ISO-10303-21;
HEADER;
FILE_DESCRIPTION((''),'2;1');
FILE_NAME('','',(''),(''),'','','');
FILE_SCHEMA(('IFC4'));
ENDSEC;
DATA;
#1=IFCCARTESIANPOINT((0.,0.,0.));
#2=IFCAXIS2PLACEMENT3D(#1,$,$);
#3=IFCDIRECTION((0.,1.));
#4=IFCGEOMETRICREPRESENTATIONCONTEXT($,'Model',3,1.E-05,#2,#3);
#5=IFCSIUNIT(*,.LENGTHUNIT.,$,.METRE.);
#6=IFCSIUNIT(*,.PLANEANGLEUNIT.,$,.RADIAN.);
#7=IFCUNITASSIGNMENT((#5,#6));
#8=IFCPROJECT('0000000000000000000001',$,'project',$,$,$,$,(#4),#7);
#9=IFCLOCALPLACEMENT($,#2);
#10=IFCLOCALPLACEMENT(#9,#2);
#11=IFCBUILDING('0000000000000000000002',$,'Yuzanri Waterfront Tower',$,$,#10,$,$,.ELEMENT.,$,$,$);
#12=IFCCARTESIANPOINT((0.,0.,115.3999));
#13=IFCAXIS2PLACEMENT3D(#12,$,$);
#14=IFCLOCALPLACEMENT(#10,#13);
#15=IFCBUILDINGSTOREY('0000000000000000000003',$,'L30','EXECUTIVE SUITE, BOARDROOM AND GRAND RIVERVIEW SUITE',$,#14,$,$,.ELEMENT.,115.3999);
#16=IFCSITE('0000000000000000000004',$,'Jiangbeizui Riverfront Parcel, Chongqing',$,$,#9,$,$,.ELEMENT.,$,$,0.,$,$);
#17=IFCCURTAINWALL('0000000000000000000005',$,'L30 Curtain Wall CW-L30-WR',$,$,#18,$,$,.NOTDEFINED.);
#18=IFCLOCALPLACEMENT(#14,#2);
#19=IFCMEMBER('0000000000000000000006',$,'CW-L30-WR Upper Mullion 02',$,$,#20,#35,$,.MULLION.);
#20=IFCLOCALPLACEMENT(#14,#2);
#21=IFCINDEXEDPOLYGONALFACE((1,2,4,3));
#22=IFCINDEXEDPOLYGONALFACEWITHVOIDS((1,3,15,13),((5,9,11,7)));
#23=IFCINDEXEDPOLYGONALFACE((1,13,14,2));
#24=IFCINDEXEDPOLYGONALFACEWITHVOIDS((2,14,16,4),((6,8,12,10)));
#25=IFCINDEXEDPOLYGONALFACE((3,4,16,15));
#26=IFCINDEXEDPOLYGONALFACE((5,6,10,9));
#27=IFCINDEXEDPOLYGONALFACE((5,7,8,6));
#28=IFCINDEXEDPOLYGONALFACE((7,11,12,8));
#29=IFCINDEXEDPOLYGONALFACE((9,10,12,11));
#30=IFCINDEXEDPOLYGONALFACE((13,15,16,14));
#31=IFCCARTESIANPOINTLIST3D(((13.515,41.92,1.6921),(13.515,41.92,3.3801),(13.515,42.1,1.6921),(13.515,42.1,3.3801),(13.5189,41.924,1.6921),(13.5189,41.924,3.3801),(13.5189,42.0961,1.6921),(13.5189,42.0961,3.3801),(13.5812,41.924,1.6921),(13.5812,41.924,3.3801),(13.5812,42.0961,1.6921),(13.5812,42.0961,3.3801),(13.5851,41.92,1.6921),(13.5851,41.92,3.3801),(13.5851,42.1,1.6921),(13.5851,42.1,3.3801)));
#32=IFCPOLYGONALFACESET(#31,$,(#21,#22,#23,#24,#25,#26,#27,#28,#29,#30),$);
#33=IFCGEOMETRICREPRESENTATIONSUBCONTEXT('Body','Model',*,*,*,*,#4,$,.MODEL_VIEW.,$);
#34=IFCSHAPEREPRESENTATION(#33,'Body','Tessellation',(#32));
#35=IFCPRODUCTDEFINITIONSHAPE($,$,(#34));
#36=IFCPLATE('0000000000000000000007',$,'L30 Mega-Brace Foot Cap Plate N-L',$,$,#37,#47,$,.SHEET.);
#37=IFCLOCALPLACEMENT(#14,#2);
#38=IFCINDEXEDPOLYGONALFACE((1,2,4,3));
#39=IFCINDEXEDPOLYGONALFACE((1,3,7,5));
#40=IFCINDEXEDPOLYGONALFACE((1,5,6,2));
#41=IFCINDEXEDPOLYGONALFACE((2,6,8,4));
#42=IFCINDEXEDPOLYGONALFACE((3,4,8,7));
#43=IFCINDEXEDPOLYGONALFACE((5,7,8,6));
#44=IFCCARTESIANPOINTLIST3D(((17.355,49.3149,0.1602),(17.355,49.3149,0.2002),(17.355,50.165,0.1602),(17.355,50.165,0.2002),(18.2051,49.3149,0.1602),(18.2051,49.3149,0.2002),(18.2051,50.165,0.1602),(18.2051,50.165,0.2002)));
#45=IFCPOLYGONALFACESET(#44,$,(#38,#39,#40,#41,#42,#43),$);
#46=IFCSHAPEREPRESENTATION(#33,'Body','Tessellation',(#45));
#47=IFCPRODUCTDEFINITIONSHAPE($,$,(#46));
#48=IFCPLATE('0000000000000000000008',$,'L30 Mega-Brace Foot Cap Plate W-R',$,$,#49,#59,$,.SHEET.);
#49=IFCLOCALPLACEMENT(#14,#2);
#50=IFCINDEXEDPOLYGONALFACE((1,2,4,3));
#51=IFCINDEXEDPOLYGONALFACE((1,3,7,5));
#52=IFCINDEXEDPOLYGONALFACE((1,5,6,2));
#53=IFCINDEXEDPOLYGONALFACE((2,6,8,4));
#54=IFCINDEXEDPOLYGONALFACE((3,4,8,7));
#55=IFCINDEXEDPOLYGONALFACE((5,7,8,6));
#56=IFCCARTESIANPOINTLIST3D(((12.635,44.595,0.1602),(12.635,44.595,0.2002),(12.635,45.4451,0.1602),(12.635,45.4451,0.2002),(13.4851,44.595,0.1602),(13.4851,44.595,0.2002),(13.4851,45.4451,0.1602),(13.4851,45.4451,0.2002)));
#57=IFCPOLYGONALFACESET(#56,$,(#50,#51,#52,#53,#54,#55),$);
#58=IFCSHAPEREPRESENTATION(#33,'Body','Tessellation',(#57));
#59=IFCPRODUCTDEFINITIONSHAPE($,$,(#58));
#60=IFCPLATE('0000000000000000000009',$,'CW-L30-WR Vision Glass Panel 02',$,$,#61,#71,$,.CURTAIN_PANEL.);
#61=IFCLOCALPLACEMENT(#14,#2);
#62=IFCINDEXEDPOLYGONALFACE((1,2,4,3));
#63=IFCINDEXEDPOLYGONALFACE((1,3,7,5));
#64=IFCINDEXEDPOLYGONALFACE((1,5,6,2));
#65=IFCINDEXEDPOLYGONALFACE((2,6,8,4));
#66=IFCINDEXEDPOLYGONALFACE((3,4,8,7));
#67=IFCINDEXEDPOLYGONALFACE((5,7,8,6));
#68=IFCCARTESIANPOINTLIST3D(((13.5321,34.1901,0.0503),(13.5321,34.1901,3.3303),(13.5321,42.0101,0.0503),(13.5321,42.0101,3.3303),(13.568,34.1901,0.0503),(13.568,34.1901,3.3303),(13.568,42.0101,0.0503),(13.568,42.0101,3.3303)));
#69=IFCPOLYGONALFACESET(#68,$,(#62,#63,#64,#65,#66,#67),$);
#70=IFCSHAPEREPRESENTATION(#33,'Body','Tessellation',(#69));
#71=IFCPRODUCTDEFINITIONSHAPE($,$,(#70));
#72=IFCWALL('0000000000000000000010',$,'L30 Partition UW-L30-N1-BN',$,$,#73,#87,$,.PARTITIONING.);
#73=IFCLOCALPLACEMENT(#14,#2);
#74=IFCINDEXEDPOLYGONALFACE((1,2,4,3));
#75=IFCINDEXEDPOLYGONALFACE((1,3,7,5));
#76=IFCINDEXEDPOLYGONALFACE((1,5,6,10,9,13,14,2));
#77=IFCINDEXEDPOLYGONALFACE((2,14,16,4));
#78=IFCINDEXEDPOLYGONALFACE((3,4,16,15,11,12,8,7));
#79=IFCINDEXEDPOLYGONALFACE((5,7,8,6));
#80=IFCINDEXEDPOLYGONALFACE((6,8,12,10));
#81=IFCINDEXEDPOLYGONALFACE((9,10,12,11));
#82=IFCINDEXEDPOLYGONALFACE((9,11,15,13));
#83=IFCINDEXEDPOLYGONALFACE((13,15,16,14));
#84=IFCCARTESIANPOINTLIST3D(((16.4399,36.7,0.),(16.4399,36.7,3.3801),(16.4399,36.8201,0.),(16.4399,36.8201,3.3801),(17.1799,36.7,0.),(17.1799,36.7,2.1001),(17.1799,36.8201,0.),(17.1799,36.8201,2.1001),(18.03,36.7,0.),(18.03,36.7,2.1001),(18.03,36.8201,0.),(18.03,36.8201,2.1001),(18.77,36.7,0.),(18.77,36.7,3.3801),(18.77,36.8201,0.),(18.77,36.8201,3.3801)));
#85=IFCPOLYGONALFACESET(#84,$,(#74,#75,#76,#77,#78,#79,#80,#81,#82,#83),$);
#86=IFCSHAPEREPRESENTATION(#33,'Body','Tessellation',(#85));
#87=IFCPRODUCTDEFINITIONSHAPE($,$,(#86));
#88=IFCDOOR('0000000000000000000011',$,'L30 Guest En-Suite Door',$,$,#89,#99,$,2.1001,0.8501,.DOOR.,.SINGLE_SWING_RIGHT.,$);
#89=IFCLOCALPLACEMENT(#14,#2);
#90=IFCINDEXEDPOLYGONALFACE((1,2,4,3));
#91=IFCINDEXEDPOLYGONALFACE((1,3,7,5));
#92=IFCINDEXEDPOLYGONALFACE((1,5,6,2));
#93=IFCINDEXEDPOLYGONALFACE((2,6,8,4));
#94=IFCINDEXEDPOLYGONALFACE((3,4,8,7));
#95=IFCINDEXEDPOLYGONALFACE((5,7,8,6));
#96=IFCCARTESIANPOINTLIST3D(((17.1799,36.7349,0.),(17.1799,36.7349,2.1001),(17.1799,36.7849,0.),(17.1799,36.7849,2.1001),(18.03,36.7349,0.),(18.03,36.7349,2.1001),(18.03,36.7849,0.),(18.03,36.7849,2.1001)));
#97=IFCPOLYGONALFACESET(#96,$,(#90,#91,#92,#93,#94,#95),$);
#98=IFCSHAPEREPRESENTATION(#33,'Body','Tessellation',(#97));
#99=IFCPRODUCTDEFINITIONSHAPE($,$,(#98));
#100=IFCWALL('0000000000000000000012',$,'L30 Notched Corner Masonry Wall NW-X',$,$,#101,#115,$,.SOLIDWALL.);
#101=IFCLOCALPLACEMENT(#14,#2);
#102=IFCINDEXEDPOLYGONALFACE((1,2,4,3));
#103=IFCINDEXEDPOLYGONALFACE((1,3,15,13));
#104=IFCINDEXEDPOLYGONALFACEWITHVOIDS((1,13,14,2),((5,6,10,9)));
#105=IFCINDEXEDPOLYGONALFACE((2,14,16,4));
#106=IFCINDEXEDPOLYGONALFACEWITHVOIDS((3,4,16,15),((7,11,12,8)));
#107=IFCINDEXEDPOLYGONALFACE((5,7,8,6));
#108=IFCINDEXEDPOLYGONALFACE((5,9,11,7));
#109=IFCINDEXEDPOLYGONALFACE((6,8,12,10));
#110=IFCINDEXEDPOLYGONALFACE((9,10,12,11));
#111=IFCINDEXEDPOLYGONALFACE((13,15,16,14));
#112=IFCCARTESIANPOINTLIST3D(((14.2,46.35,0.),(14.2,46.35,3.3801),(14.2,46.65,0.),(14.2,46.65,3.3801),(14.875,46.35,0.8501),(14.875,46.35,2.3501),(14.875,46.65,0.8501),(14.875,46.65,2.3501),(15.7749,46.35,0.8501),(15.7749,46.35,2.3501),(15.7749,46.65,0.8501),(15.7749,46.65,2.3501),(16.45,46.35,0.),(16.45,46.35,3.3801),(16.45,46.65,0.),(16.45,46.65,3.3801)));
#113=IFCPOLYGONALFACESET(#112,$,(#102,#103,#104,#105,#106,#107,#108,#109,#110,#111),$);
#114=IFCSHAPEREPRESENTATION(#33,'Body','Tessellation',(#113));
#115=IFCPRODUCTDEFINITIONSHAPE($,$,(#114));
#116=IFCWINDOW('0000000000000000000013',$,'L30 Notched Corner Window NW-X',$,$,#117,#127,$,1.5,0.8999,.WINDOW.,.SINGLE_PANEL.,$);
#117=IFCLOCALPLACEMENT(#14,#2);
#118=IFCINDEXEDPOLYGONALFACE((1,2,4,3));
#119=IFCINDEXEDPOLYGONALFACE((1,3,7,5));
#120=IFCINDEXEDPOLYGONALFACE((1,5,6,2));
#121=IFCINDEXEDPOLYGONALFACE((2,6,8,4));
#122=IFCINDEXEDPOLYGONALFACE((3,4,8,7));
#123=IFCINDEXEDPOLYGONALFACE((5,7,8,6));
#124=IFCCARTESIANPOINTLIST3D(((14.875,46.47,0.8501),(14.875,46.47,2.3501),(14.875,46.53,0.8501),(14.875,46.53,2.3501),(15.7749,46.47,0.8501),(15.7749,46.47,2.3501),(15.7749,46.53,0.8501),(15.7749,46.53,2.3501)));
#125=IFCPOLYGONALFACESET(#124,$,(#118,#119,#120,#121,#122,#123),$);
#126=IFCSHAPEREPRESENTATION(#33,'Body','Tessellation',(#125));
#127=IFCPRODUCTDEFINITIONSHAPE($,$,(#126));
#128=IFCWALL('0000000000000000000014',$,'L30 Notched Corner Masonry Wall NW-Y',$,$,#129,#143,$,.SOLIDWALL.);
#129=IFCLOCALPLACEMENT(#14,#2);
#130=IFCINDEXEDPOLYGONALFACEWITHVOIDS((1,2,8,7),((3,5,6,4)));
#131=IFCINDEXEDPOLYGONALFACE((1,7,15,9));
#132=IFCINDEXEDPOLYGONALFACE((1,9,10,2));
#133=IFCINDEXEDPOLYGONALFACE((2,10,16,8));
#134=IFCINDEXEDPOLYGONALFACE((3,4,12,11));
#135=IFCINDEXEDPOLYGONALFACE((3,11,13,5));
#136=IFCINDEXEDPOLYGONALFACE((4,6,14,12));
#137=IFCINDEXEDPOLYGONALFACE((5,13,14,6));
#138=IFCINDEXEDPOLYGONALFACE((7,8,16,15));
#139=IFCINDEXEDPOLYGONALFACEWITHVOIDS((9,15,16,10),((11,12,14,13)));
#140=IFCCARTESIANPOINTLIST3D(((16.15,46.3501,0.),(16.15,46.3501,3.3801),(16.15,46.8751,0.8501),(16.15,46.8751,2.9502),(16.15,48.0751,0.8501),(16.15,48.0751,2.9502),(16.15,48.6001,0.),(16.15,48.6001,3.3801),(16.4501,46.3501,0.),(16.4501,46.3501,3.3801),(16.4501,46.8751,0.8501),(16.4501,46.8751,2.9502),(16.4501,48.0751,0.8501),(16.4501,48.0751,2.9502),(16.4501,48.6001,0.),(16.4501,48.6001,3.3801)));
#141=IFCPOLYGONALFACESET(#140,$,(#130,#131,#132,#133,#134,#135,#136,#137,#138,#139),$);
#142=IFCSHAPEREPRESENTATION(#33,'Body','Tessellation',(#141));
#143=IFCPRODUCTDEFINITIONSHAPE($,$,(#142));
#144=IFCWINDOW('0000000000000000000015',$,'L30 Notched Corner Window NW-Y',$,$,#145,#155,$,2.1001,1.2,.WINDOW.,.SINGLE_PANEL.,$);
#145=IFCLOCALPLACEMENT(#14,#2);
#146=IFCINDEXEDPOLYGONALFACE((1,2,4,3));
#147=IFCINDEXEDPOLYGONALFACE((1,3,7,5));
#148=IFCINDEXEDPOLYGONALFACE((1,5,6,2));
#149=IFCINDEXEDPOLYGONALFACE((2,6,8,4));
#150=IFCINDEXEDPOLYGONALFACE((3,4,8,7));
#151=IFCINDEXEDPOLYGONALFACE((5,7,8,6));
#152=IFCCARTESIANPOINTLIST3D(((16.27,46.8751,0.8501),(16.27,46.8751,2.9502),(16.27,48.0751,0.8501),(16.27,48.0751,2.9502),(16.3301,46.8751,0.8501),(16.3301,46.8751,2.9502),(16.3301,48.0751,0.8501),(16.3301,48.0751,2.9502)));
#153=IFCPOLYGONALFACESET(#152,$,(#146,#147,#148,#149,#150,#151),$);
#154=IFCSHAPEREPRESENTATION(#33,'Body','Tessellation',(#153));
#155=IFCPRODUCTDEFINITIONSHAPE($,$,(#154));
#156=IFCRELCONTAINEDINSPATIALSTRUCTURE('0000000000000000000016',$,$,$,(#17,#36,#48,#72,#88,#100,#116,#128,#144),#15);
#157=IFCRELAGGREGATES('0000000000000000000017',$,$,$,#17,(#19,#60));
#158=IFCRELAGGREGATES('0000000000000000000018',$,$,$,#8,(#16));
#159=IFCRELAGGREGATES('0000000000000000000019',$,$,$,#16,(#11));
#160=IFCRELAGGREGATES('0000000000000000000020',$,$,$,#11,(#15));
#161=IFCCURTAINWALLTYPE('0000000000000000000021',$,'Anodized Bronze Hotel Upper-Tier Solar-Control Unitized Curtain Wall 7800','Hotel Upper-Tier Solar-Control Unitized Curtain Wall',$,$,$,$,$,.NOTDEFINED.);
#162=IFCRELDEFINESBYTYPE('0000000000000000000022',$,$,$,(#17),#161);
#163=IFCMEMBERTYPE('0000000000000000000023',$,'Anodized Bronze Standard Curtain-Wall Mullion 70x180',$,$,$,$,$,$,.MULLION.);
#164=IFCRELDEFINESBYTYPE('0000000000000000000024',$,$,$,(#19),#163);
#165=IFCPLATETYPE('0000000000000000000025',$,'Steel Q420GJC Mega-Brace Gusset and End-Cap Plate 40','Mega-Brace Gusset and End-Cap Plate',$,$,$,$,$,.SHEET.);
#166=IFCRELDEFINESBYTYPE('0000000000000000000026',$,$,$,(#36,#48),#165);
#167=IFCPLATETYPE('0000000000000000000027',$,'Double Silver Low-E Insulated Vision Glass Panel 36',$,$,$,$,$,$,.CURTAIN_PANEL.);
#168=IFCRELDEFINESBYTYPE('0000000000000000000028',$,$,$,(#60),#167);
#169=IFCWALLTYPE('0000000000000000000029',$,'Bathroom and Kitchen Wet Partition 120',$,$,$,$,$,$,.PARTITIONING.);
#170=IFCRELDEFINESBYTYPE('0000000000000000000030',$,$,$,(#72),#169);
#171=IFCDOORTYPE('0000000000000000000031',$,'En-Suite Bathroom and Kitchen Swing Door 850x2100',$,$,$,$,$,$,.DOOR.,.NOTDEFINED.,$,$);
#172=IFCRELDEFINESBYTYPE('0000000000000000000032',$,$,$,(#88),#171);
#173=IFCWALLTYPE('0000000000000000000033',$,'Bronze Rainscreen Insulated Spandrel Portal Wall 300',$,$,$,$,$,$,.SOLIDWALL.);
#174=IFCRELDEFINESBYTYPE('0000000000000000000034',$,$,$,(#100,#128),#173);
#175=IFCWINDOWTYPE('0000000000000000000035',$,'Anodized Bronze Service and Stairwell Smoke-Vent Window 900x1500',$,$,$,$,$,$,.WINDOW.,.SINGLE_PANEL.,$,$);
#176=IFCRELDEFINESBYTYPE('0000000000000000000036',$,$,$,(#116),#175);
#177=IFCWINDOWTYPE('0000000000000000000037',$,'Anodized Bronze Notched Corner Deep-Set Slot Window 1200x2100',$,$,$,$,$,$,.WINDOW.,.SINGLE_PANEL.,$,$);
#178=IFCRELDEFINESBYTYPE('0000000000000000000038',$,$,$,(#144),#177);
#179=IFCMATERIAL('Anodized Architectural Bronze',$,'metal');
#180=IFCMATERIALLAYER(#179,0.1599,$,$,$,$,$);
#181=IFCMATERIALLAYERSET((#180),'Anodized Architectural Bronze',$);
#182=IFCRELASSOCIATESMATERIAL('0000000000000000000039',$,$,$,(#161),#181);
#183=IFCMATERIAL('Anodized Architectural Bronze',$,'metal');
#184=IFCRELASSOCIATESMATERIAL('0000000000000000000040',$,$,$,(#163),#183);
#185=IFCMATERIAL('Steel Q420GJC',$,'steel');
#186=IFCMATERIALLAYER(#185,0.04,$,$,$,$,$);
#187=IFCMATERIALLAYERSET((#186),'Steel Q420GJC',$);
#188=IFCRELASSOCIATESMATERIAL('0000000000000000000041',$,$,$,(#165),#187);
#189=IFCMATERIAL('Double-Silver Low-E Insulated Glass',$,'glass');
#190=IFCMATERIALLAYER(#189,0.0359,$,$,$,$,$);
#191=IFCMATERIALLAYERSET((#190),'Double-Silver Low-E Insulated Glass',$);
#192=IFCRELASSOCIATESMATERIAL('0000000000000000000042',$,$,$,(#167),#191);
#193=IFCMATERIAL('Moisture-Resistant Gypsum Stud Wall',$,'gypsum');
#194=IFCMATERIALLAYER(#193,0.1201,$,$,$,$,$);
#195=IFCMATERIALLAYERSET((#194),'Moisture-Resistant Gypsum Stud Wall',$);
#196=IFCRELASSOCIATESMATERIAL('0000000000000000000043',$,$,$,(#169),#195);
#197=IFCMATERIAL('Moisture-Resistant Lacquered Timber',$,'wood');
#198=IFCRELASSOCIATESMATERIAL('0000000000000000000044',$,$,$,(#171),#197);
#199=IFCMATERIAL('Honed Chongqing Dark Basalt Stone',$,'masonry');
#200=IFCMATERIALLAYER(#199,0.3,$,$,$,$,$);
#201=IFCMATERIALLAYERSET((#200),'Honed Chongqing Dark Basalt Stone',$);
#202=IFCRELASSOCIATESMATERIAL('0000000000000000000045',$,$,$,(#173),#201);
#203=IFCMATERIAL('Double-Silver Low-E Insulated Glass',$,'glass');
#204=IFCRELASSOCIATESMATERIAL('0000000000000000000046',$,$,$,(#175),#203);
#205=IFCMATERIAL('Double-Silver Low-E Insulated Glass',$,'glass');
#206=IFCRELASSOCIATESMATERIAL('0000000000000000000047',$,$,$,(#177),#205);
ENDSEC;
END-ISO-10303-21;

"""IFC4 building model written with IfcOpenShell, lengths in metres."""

from ifc_helpers import new_model, si_unit, direction, frame, frame_2d, origin, origin_2d, place, context, subcontext, project, spatial, rectangle, hollow_rectangle, extrude, source, transform, mapped, material, layer, layer_set, material_profile, profile_set, type_object, element, fill, aggregate, save


model = new_model("IFC4")

# Units and contexts
model_context = context("Model", 3, precision=1e-05, world=origin(), true_north=direction((0.0, 1.0)))
body_context = subcontext(model_context, "Body", "Model", "MODEL_VIEW")
ifc_project = project(units=[si_unit("LENGTHUNIT", "METRE"), si_unit("PLANEANGLEUNIT", "RADIAN")], contexts=[model_context])

# Site, building, storey
site_placement = place(None, origin())
site = spatial("IfcSite", under=ifc_project, at=site_placement, Name="Jiangbeizui Riverfront Parcel, Chongqing", CompositionType="ELEMENT", RefElevation=0.0)
building_placement = place(site_placement, origin())
building = spatial("IfcBuilding", under=site, at=building_placement, Name="Yuzanri Waterfront Tower", CompositionType="ELEMENT")
storey_placement = place(building_placement, frame((0.0, 0.0, 115.3999)))
storey = spatial("IfcBuildingStorey", under=building, at=storey_placement, Name="L30", Description="EXECUTIVE SUITE, BOARDROOM AND GRAND RIVERVIEW SUITE", CompositionType="ELEMENT", Elevation=115.3999)

# Curtain wall, member
ifc_material_1 = material(Name="Anodized Architectural Bronze", Category="metal")
ifc_layer_1 = layer(ifc_material_1, 0.1599)
ifc_layer_set_1 = layer_set([ifc_layer_1], Name="Anodized Architectural Bronze")
curtain_wall_type = type_object("IfcCurtainWallType", Name="Anodized Bronze Hotel Upper-Tier Solar-Control Unitized Curtain Wall 7800", Description="Hotel Upper-Tier Solar-Control Unitized Curtain Wall", PredefinedType="NOTDEFINED", material=ifc_layer_set_1)
curtain_wall_placement = place(storey_placement, origin())
curtain_wall = element("IfcCurtainWall", 1, at=curtain_wall_placement, inside=storey, type_object=curtain_wall_type, Name="L30 Curtain Wall CW-L30-WR", PredefinedType="NOTDEFINED")
ifc_material_2 = material(Name="Anodized Architectural Bronze", Category="metal")
ifc_material_profile_1 = material_profile(ifc_material_2, hollow_rectangle(XDim=0.0701, YDim=0.1799, WallThickness=0.0039, at=origin_2d()), Name="CWM 70x180")
ifc_profile_set_1 = profile_set([ifc_material_profile_1], Name="Anodized Architectural Bronze")
member_type_1 = type_object("IfcMemberType", Name="Anodized Bronze Standard Curtain-Wall Mullion 70x180", PredefinedType="MULLION", material=ifc_profile_set_1)
shared_shape_1 = source(origin(), body_context, "Body", "SweptSolid", [
    extrude(hollow_rectangle(XDim=0.0701, YDim=0.1799, WallThickness=0.0039, at=origin_2d()), origin(), (0.0, 0.0, 1.0), 1.688),
])
member_1_placement = place(storey_placement, frame((13.55, 42.01, 1.6921), z_axis=(0.0, 0.0, 1.0), x_axis=(1.0, 0.0, 0.0)))
member_1 = element("IfcMember", 2, at=member_1_placement, type_object=member_type_1, Name="CW-L30-WR Upper Mullion 02", PredefinedType="MULLION", context=body_context, shape_type="MappedRepresentation", body=[
    mapped(shared_shape_1, transform((0.0, 0.0, 0.0), scale=1.0)),
])

# Plates
ifc_material_3 = material(Name="Steel Q420GJC", Category="steel")
ifc_layer_2 = layer(ifc_material_3, 0.04)
ifc_layer_set_2 = layer_set([ifc_layer_2], Name="Steel Q420GJC")
plate_type_1 = type_object("IfcPlateType", Name="Steel Q420GJC Mega-Brace Gusset and End-Cap Plate 40", Description="Mega-Brace Gusset and End-Cap Plate", PredefinedType="SHEET", material=ifc_layer_set_2)
shared_shape_2 = source(origin(), body_context, "Body", "SweptSolid", [
    extrude(rectangle(XDim=0.8501, YDim=0.8501, at=origin_2d()), origin(), (0.0, 0.0, 1.0), 0.04),
])
for number, where, z_axis, x_axis, name in (
    (3, (17.78, 49.74, 0.1602), (0.0, 0.0, 1.0), (1.0, 0.0, 0.0), "L30 Mega-Brace Foot Cap Plate N-L"),
    (4, (13.0601, 45.02, 0.1602), (0.0, 0.0, 1.0), (1.0, 0.0, 0.0), "L30 Mega-Brace Foot Cap Plate W-R"),
):
    element("IfcPlate", number, at=place(storey_placement, frame(where, z_axis=z_axis, x_axis=x_axis)), inside=storey, type_object=plate_type_1, Name=name, PredefinedType="SHEET", context=body_context, shape_type="MappedRepresentation", body=[
        mapped(shared_shape_2, transform((0.0, 0.0, 0.0), scale=1.0)),
    ])

# Plate
ifc_material_4 = material(Name="Double-Silver Low-E Insulated Glass", Category="glass")
ifc_layer_3 = layer(ifc_material_4, 0.0359)
ifc_layer_set_3 = layer_set([ifc_layer_3], Name="Double-Silver Low-E Insulated Glass")
plate_type_2 = type_object("IfcPlateType", Name="Double Silver Low-E Insulated Vision Glass Panel 36", PredefinedType="CURTAIN_PANEL", material=ifc_layer_set_3)
shared_shape_3 = source(origin(), body_context, "Body", "SweptSolid", [
    extrude(rectangle(XDim=7.8201, YDim=0.0359, at=origin_2d()), origin(), (0.0, 0.0, 1.0), 3.28),
])
plate_placement = place(storey_placement, frame((13.55, 38.1001, 0.0503), z_axis=(0.0, 0.0, 1.0), x_axis=(0.0, 1.0, 0.0)))
plate = element("IfcPlate", 5, at=plate_placement, type_object=plate_type_2, Name="CW-L30-WR Vision Glass Panel 02", PredefinedType="CURTAIN_PANEL", context=body_context, shape_type="MappedRepresentation", body=[
    mapped(shared_shape_3, transform((0.0, 0.0, 0.0), scale=1.0)),
])
aggregate(curtain_wall, [member_1, plate])

# Wall, opening, door
ifc_material_5 = material(Name="Moisture-Resistant Gypsum Stud Wall", Category="gypsum")
ifc_layer_4 = layer(ifc_material_5, 0.1201)
ifc_layer_set_4 = layer_set([ifc_layer_4], Name="Moisture-Resistant Gypsum Stud Wall")
wall_type_1 = type_object("IfcWallType", Name="Bathroom and Kitchen Wet Partition 120", PredefinedType="PARTITIONING", material=ifc_layer_set_4)
wall_1_placement = place(storey_placement, frame((16.4399, 36.76, 0.0), z_axis=(0.0, 0.0, 1.0), x_axis=(1.0, 0.0, 0.0)))
wall_1 = element("IfcWall", 6, at=wall_1_placement, inside=storey, type_object=wall_type_1, Name="L30 Partition UW-L30-N1-BN", PredefinedType="PARTITIONING", context=body_context, shape_type="SweptSolid", body=[
    extrude(rectangle(XDim=2.3301, YDim=0.1201, at=frame_2d((1.165, 0.0))), origin(), (0.0, 0.0, 1.0), 3.3801),
])
opening_1_placement = place(wall_1_placement, frame((0.74, 0.0, 0.0)))
opening_1 = element("IfcOpeningElement", 7, at=opening_1_placement, cuts=wall_1, PredefinedType="OPENING", context=body_context, shape_type="SweptSolid", body=[
    extrude(rectangle(XDim=0.8501, YDim=2.1001, at=frame_2d((0.425, 1.05))), frame((0.0, 0.075, 0.0), z_axis=(0.0, -1.0, 0.0), x_axis=(1.0, 0.0, 0.0)), (0.0, 0.0, 1.0), 0.1499),
])
ifc_material_6 = material(Name="Moisture-Resistant Lacquered Timber", Category="wood")
door_type_1 = type_object("IfcDoorType", Name="En-Suite Bathroom and Kitchen Swing Door 850x2100", OperationType="NOTDEFINED", PredefinedType="DOOR", material=ifc_material_6)
shared_shape_4 = source(origin(), body_context, "Body", "SweptSolid", [
    extrude(rectangle(XDim=0.8501, YDim=2.1001, at=frame_2d((0.425, 1.05))), frame((0.0, 0.0249, 0.0), z_axis=(0.0, -1.0, 0.0), x_axis=(1.0, 0.0, 0.0)), (0.0, 0.0, 1.0), 0.05),
])
door_1_placement = place(opening_1_placement, origin())
door_1 = element("IfcDoor", 8, at=door_1_placement, inside=storey, type_object=door_type_1, Name="L30 Guest En-Suite Door", OperationType="SINGLE_SWING_RIGHT", OverallHeight=2.1001, OverallWidth=0.8501, PredefinedType="DOOR", context=body_context, shape_type="MappedRepresentation", body=[
    mapped(shared_shape_4, transform((0.0, 0.0, 0.0), scale=1.0)),
])
fill(opening_1, door_1)

# Walls, openings, windows
ifc_material_7 = material(Name="Honed Chongqing Dark Basalt Stone", Category="masonry")
ifc_layer_5 = layer(ifc_material_7, 0.3)
ifc_layer_set_5 = layer_set([ifc_layer_5], Name="Honed Chongqing Dark Basalt Stone")
wall_type_2 = type_object("IfcWallType", Name="Bronze Rainscreen Insulated Spandrel Portal Wall 300", PredefinedType="SOLIDWALL", material=ifc_layer_set_5)
wall_2_placement = place(storey_placement, frame((16.45, 46.5, 0.0), z_axis=(0.0, 0.0, 1.0), x_axis=(-1.0, 0.0, 0.0)))
wall_2 = element("IfcWall", 9, at=wall_2_placement, inside=storey, type_object=wall_type_2, Name="L30 Notched Corner Masonry Wall NW-X", PredefinedType="SOLIDWALL", context=body_context, shape_type="SweptSolid", body=[
    extrude(rectangle(XDim=2.25, YDim=0.3, at=frame_2d((1.125, 0.0))), origin(), (0.0, 0.0, 1.0), 3.3801),
])
opening_2_placement = place(wall_2_placement, frame((0.675, 0.0, 0.8501)))
opening_2 = element("IfcOpeningElement", 10, at=opening_2_placement, cuts=wall_2, PredefinedType="OPENING", context=body_context, shape_type="SweptSolid", body=[
    extrude(rectangle(XDim=0.8999, YDim=1.5, at=frame_2d((0.45, 0.75))), frame((0.0, 0.165, 0.0), z_axis=(0.0, -1.0, 0.0), x_axis=(1.0, 0.0, 0.0)), (0.0, 0.0, 1.0), 0.3298),
])
ifc_material_8 = material(Name="Double-Silver Low-E Insulated Glass", Category="glass")
window_type_1 = type_object("IfcWindowType", Name="Anodized Bronze Service and Stairwell Smoke-Vent Window 900x1500", PartitioningType="SINGLE_PANEL", PredefinedType="WINDOW", material=ifc_material_8)
shared_shape_5 = source(origin(), body_context, "Body", "SweptSolid", [
    extrude(rectangle(XDim=0.8999, YDim=1.5, at=frame_2d((0.45, 0.75))), frame((0.0, 0.03, 0.0), z_axis=(0.0, -1.0, 0.0), x_axis=(1.0, 0.0, 0.0)), (0.0, 0.0, 1.0), 0.0601),
])
window_1_placement = place(opening_2_placement, origin())
window_1 = element("IfcWindow", 11, at=window_1_placement, inside=storey, type_object=window_type_1, Name="L30 Notched Corner Window NW-X", OverallHeight=1.5, OverallWidth=0.8999, PartitioningType="SINGLE_PANEL", PredefinedType="WINDOW", context=body_context, shape_type="MappedRepresentation", body=[
    mapped(shared_shape_5, transform((0.0, 0.0, 0.0), scale=1.0)),
])
fill(opening_2, window_1)
wall_3_placement = place(storey_placement, frame((16.3, 48.6001, 0.0), z_axis=(0.0, 0.0, 1.0), x_axis=(0.0, -1.0, 0.0)))
wall_3 = element("IfcWall", 12, at=wall_3_placement, inside=storey, type_object=wall_type_2, Name="L30 Notched Corner Masonry Wall NW-Y", PredefinedType="SOLIDWALL", context=body_context, shape_type="SweptSolid", body=[
    extrude(rectangle(XDim=2.25, YDim=0.3, at=frame_2d((1.125, 0.0))), origin(), (0.0, 0.0, 1.0), 3.3801),
])
opening_3_placement = place(wall_3_placement, frame((0.5249, 0.0, 0.8501)))
opening_3 = element("IfcOpeningElement", 13, at=opening_3_placement, cuts=wall_3, PredefinedType="OPENING", context=body_context, shape_type="SweptSolid", body=[
    extrude(rectangle(XDim=1.2, YDim=2.1001, at=frame_2d((0.6001, 1.05))), frame((0.0, 0.165, 0.0), z_axis=(0.0, -1.0, 0.0), x_axis=(1.0, 0.0, 0.0)), (0.0, 0.0, 1.0), 0.3298),
])
ifc_material_9 = material(Name="Double-Silver Low-E Insulated Glass", Category="glass")
window_type_2 = type_object("IfcWindowType", Name="Anodized Bronze Notched Corner Deep-Set Slot Window 1200x2100", PartitioningType="SINGLE_PANEL", PredefinedType="WINDOW", material=ifc_material_9)
shared_shape_6 = source(origin(), body_context, "Body", "SweptSolid", [
    extrude(rectangle(XDim=1.2, YDim=2.1001, at=frame_2d((0.6001, 1.05))), frame((0.0, 0.03, 0.0), z_axis=(0.0, -1.0, 0.0), x_axis=(1.0, 0.0, 0.0)), (0.0, 0.0, 1.0), 0.0601),
])
window_2_placement = place(opening_3_placement, origin())
window_2 = element("IfcWindow", 14, at=window_2_placement, inside=storey, type_object=window_type_2, Name="L30 Notched Corner Window NW-Y", OverallHeight=2.1001, OverallWidth=1.2, PartitioningType="SINGLE_PANEL", PredefinedType="WINDOW", context=body_context, shape_type="MappedRepresentation", body=[
    mapped(shared_shape_6, transform((0.0, 0.0, 0.0), scale=1.0)),
])
fill(opening_3, window_2)

save(model, "model.ifc")
